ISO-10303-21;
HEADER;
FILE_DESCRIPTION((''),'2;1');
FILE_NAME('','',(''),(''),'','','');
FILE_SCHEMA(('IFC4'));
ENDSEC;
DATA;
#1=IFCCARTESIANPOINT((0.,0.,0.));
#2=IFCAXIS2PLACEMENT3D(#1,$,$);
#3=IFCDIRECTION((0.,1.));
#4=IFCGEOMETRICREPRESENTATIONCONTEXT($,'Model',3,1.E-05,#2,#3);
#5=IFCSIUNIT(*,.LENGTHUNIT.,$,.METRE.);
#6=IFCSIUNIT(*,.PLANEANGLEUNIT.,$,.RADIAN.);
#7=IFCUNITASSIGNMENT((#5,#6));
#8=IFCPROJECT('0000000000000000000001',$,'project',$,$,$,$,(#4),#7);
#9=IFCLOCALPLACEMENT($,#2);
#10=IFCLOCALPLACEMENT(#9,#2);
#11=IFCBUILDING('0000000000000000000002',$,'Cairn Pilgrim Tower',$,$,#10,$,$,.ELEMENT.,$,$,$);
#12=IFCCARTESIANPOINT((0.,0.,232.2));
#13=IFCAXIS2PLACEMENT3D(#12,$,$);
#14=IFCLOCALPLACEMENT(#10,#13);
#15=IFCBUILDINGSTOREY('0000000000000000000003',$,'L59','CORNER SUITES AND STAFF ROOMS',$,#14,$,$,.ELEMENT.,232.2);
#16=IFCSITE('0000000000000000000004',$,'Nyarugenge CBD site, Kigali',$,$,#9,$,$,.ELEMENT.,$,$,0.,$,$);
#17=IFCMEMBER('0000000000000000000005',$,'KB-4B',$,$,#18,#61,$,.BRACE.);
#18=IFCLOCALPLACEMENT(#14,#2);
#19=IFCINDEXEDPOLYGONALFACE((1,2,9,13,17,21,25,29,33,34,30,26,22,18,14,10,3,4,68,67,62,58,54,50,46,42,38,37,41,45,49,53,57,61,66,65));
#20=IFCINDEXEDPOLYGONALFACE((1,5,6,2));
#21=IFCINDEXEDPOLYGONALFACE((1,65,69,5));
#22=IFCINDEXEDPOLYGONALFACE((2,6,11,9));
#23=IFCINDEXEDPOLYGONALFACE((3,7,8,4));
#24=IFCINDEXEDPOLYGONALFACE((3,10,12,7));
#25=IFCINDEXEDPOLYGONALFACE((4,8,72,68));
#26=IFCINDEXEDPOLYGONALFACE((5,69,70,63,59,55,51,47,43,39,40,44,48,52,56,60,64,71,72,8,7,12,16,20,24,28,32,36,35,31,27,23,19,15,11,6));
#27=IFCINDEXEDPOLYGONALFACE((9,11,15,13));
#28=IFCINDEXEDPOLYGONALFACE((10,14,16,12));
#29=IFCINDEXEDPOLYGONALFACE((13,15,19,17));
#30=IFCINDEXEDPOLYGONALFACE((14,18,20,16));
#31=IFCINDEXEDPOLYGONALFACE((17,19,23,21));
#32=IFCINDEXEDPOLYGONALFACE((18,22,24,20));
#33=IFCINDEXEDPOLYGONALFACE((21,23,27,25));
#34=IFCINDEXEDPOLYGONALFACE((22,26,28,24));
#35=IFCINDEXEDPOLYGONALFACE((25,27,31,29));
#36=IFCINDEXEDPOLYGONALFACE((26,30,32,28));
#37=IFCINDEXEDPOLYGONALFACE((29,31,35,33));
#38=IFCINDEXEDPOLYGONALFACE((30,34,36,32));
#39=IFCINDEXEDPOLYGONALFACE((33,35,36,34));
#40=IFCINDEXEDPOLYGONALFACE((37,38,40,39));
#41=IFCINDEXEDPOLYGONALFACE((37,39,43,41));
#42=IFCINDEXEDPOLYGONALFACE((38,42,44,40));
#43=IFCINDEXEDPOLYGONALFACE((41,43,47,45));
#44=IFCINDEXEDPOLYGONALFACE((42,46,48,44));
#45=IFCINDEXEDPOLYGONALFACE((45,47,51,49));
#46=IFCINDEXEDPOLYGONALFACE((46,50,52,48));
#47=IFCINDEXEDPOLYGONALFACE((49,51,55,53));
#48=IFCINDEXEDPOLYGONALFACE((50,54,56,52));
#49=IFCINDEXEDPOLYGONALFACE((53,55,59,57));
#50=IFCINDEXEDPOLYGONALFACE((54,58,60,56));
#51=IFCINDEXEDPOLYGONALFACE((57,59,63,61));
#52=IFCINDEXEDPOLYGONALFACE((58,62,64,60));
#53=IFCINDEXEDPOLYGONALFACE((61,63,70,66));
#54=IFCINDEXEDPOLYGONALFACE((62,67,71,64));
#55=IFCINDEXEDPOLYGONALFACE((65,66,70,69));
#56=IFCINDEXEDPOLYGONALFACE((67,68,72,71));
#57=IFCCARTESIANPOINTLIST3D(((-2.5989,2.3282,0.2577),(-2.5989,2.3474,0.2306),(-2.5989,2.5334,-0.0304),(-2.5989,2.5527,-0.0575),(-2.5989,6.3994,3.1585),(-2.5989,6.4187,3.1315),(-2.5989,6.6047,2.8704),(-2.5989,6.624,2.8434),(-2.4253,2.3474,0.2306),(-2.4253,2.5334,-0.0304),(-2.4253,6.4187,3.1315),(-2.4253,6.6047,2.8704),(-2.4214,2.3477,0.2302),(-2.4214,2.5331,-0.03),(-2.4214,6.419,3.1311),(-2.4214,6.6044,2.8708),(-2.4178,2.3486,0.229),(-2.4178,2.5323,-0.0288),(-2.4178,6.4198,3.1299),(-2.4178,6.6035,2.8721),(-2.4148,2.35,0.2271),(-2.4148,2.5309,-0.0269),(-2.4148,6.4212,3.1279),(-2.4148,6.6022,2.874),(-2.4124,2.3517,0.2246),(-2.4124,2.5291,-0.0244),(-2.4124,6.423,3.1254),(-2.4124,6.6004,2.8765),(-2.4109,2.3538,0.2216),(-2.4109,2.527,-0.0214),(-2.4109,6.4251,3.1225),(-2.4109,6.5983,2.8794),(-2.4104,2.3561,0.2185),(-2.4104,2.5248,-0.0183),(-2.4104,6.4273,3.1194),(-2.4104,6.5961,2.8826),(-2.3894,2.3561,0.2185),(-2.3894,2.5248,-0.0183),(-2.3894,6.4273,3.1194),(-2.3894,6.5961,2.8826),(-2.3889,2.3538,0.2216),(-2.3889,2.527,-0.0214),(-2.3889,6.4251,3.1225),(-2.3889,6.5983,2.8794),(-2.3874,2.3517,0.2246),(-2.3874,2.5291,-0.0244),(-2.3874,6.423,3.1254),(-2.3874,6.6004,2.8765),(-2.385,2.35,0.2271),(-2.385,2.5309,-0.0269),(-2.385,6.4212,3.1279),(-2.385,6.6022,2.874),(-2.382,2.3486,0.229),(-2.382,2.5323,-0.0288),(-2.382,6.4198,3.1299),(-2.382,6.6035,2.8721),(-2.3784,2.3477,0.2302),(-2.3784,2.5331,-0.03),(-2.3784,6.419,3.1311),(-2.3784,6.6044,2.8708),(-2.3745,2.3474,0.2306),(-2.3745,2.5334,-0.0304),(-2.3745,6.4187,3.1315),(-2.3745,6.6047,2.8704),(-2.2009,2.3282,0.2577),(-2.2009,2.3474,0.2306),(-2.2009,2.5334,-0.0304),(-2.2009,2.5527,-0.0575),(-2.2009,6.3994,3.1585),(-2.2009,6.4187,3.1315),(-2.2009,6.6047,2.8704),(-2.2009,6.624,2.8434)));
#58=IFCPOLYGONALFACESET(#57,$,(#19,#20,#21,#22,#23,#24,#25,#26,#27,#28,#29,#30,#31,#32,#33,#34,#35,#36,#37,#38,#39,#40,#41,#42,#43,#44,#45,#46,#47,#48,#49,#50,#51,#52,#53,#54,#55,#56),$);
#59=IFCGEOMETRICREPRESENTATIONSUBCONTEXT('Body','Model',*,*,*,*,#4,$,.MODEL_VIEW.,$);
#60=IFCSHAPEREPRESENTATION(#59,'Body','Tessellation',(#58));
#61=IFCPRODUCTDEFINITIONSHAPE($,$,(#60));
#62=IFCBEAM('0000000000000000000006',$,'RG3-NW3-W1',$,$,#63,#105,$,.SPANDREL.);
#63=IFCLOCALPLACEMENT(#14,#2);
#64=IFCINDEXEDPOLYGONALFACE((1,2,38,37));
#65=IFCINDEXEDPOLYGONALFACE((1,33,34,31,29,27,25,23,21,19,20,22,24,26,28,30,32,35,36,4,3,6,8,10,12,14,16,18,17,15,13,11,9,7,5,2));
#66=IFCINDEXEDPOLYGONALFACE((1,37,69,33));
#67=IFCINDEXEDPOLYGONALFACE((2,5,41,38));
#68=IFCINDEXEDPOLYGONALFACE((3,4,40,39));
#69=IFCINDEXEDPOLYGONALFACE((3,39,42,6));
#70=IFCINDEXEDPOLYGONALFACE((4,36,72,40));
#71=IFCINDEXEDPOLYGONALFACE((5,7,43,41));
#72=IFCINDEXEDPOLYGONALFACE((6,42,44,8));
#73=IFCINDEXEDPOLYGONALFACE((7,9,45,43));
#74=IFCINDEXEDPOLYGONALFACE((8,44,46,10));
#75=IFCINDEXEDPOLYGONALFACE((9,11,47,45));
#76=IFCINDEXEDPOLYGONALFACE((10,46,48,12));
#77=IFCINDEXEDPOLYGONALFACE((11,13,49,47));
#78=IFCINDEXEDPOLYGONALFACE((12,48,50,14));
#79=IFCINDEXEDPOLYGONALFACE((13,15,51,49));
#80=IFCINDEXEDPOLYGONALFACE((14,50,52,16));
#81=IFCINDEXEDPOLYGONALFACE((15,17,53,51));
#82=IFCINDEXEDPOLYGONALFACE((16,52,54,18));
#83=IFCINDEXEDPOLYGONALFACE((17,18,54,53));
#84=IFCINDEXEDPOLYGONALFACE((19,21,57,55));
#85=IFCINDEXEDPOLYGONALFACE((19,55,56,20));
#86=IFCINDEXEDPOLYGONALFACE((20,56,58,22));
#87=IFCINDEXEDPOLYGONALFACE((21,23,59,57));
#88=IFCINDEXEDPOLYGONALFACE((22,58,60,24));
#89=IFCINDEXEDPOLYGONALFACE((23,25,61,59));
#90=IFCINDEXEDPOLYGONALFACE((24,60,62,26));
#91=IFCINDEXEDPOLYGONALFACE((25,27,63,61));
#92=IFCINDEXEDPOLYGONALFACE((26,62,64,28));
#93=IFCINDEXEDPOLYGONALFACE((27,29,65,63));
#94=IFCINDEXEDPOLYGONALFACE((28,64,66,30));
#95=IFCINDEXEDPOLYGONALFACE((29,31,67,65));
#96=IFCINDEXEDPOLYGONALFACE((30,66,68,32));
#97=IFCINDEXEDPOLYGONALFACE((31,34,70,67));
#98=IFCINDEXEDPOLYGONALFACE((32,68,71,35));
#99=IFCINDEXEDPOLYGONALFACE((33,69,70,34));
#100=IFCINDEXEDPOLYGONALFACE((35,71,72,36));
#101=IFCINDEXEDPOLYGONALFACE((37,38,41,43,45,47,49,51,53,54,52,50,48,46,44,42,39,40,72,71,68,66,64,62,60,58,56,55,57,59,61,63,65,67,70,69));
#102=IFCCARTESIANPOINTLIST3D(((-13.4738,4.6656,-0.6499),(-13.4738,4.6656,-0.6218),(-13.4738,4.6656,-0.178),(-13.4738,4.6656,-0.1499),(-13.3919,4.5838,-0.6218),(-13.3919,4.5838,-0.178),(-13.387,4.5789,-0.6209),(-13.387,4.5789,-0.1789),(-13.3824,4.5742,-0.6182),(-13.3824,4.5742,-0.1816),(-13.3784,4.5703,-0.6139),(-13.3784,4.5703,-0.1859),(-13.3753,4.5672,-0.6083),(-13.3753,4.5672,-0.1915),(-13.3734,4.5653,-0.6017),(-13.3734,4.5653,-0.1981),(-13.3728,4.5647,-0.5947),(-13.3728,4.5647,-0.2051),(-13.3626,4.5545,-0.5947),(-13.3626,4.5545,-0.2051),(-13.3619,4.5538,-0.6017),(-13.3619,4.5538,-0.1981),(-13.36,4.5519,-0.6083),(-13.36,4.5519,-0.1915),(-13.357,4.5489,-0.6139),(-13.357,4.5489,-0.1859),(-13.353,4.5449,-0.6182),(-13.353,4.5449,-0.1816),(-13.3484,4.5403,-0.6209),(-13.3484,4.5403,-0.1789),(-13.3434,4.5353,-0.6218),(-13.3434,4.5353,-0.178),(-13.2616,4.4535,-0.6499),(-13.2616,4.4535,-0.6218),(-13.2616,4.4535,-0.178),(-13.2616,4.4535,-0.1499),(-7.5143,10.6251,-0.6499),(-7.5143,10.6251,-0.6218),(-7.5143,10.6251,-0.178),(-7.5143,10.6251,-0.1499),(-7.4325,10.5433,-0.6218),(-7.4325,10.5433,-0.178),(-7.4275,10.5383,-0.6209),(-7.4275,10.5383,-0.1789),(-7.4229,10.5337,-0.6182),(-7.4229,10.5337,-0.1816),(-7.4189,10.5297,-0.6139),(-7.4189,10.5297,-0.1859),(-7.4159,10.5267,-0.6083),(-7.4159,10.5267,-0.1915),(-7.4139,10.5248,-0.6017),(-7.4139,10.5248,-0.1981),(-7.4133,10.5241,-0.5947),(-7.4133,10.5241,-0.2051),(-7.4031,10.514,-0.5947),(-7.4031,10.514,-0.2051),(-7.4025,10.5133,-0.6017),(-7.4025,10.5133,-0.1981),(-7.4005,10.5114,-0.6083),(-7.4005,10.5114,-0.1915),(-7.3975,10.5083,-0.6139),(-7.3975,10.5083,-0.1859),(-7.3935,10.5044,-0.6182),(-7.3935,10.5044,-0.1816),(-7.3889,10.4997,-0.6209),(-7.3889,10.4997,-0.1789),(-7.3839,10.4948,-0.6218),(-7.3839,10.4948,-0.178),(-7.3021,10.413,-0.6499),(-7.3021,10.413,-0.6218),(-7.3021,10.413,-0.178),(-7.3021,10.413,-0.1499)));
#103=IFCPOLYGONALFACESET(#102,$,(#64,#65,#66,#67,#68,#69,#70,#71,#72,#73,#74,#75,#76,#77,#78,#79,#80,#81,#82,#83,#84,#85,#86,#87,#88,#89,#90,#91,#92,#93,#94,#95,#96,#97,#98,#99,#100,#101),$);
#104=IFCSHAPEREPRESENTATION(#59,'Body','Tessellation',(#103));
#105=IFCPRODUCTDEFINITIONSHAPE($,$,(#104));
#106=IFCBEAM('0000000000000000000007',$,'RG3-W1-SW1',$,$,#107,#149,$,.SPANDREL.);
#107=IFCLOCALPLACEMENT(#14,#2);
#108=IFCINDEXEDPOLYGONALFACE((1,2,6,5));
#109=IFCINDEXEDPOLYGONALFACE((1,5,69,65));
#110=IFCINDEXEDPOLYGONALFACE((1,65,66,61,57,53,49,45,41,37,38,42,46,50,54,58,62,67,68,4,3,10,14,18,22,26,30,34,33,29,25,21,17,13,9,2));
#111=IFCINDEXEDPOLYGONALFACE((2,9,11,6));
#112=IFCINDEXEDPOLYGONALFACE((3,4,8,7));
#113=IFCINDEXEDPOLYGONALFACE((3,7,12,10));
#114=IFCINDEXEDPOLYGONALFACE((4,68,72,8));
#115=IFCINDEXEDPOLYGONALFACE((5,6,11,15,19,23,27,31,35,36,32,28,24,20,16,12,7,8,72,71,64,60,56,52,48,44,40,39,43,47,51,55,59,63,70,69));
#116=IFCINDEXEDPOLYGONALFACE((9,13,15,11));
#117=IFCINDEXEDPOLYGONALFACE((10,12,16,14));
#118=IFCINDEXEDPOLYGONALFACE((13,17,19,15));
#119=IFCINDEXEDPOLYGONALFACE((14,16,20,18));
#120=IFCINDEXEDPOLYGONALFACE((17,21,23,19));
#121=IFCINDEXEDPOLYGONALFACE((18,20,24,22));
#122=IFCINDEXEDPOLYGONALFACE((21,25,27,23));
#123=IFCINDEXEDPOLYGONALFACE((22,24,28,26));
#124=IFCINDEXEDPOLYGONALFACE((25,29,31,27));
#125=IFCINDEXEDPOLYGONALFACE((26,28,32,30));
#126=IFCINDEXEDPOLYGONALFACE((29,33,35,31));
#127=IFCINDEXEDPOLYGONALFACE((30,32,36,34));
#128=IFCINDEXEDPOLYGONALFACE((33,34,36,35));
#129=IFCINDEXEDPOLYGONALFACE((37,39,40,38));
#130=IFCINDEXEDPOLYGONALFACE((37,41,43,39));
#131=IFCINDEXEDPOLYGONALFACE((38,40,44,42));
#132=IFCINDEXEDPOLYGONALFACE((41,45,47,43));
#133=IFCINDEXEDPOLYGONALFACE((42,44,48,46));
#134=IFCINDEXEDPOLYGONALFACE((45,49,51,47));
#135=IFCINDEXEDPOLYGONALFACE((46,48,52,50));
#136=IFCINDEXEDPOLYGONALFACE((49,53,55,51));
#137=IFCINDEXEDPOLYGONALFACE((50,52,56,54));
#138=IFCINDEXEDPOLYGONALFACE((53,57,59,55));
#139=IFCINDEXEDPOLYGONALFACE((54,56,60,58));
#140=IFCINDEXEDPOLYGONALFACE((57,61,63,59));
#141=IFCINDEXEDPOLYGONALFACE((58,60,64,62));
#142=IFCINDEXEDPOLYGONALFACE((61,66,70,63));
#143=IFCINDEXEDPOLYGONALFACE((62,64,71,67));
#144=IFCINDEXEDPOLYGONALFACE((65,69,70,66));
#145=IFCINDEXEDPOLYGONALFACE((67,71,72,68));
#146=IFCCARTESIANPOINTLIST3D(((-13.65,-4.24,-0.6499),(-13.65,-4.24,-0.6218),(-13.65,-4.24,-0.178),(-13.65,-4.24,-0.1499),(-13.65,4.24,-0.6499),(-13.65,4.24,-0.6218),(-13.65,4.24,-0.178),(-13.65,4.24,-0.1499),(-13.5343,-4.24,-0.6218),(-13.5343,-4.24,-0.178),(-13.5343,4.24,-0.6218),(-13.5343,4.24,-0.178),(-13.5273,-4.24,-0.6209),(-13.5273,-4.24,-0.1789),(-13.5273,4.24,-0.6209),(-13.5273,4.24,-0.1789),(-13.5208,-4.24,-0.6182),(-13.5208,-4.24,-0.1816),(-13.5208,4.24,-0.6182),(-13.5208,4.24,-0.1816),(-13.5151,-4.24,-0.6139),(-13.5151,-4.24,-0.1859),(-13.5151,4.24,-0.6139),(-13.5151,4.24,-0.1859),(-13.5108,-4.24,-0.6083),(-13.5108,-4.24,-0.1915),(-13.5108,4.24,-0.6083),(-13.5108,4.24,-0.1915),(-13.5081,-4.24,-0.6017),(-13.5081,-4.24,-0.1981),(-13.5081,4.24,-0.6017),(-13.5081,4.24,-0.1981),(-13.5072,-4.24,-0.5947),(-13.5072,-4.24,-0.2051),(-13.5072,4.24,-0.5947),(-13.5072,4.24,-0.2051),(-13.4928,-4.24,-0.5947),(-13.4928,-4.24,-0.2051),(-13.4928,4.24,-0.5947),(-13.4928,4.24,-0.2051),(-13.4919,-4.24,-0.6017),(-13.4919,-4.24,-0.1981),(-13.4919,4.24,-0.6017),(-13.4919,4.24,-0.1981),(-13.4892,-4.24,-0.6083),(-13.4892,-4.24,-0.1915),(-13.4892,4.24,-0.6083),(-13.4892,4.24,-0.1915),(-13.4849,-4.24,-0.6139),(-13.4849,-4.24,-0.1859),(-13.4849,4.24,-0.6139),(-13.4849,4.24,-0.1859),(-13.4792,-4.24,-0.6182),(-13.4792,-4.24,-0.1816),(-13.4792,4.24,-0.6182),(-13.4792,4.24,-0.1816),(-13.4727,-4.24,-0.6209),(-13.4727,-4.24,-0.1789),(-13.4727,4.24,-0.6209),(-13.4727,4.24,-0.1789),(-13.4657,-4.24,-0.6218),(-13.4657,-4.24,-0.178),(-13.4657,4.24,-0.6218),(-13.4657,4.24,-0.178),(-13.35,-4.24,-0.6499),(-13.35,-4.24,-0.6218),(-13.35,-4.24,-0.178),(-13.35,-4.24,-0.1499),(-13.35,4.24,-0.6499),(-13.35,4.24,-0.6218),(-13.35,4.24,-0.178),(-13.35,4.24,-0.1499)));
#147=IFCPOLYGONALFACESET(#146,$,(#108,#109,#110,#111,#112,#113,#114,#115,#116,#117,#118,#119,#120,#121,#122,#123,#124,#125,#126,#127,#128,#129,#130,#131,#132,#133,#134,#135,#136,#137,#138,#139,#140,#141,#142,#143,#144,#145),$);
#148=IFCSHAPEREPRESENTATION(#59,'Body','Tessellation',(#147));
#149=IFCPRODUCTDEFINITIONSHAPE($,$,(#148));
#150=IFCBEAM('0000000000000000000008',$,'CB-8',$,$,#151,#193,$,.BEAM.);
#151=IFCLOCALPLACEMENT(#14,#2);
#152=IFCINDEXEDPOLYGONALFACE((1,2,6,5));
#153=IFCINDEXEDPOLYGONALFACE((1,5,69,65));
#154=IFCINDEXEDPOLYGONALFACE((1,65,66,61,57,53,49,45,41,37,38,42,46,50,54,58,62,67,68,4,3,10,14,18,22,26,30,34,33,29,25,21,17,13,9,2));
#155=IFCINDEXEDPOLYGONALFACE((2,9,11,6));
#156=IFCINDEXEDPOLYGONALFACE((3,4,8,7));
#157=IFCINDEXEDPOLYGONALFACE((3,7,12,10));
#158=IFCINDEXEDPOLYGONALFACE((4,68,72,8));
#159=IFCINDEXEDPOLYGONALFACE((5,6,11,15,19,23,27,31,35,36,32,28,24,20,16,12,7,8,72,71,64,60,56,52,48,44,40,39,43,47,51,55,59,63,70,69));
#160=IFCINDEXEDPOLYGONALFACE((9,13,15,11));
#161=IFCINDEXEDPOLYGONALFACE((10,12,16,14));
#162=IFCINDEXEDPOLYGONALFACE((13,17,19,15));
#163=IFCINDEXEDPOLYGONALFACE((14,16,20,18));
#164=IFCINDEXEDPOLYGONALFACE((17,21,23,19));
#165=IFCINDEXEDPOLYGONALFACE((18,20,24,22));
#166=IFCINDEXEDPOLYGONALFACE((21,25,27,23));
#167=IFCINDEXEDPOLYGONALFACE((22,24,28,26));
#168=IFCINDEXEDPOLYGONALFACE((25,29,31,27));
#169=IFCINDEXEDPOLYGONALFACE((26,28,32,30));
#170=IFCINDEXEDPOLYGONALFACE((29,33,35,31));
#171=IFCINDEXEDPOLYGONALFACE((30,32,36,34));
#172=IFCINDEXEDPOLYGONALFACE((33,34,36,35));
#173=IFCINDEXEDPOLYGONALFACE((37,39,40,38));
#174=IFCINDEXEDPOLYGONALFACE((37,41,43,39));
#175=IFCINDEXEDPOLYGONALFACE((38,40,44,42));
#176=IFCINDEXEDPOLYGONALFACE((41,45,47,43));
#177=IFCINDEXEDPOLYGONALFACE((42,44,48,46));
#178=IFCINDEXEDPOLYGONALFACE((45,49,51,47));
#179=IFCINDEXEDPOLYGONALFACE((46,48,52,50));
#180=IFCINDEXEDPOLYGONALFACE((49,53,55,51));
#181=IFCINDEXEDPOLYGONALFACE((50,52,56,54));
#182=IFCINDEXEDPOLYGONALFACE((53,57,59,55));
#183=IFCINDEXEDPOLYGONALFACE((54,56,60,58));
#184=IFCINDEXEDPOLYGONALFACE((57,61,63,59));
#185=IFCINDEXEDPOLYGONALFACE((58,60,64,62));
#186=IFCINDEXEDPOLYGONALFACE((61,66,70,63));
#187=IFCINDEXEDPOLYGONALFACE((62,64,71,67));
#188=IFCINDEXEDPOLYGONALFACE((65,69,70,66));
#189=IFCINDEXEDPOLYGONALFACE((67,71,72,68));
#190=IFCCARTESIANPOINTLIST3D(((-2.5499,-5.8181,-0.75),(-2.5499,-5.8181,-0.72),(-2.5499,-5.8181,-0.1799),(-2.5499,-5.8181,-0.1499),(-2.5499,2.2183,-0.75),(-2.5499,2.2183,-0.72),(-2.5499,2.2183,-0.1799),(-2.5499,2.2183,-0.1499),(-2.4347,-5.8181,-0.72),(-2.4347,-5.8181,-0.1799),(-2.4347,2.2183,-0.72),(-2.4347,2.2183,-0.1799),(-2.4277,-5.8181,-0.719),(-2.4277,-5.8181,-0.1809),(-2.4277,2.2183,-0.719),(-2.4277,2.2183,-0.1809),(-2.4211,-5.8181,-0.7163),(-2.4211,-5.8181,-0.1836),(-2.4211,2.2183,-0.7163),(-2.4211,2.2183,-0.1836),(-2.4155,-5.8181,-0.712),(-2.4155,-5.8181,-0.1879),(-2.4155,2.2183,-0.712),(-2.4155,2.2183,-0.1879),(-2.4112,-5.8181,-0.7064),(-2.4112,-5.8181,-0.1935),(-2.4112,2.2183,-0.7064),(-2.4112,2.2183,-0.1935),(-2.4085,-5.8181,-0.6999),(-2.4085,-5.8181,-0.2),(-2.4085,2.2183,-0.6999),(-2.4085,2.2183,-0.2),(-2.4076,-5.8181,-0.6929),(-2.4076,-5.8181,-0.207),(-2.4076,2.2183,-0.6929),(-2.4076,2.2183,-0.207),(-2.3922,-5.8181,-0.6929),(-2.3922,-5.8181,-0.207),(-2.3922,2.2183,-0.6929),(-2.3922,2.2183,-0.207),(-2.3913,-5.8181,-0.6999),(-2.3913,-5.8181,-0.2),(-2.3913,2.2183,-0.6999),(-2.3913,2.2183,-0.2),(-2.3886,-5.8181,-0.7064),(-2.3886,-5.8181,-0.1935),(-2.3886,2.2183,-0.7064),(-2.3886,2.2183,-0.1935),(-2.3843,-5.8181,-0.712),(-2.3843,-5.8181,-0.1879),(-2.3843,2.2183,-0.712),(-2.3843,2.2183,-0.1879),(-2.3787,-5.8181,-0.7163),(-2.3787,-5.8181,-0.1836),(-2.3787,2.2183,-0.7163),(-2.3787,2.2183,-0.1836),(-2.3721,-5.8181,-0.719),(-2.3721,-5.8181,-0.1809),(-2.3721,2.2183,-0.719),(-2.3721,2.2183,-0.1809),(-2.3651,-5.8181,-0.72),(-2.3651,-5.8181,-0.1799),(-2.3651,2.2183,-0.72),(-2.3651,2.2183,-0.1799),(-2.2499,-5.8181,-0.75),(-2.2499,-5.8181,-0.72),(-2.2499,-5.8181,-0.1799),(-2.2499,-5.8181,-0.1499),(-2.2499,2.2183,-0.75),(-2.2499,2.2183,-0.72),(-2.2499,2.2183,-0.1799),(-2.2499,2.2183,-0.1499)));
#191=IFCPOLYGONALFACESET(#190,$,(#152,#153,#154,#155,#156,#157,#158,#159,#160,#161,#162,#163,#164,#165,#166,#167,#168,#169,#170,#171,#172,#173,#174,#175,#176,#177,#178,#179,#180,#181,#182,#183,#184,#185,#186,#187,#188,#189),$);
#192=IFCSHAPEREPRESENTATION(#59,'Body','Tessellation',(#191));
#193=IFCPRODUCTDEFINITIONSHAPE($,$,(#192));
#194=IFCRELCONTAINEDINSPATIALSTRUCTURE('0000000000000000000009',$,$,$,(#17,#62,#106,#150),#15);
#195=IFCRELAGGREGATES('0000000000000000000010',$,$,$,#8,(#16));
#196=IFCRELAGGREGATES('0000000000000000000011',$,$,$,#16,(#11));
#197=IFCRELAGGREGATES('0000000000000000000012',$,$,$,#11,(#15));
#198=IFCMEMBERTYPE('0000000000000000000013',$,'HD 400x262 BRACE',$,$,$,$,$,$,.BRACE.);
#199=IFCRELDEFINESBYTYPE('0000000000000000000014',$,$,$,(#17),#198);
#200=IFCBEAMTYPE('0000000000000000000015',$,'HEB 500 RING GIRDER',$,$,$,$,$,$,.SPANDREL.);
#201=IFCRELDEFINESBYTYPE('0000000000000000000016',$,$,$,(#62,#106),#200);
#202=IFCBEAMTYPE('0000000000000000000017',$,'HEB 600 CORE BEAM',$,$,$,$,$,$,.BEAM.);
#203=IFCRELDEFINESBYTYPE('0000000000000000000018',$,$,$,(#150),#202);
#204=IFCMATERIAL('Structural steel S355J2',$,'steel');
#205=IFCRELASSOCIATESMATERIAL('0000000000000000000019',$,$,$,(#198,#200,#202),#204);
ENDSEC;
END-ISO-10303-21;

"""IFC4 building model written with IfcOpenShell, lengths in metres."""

from ifc_helpers import new_model, si_unit, direction, frame, origin, origin_2d, place, context, subcontext, project, spatial, i_section, extrude, material, material_profile, profile_set, type_object, element, save


model = new_model("IFC4")

# Units and contexts
model_context = context("Model", 3, precision=1e-05, world=origin(), true_north=direction((0.0, 1.0)))
body_context = subcontext(model_context, "Body", "Model", "MODEL_VIEW")
ifc_project = project(units=[si_unit("LENGTHUNIT", "METRE"), si_unit("PLANEANGLEUNIT", "RADIAN")], contexts=[model_context])

# Site, building, storey
site_placement = place(None, origin())
site = spatial("IfcSite", under=ifc_project, at=site_placement, Name="Nyarugenge CBD site, Kigali", CompositionType="ELEMENT", RefElevation=0.0)
building_placement = place(site_placement, origin())
building = spatial("IfcBuilding", under=site, at=building_placement, Name="Cairn Pilgrim Tower", CompositionType="ELEMENT")
storey_placement = place(building_placement, frame((0.0, 0.0, 232.2)))
storey = spatial("IfcBuildingStorey", under=building, at=storey_placement, Name="L59", Description="CORNER SUITES AND STAFF ROOMS", CompositionType="ELEMENT", Elevation=232.2)

# Shared definitions
ifc_material_1 = material(Name="Structural steel S355J2", Category="steel")

# Member
ifc_material_profile_1 = material_profile(ifc_material_1, i_section(OverallWidth=0.3979, OverallDepth=0.387, WebThickness=0.021, FlangeThickness=0.0332, FilletRadius=0.0149, at=origin_2d()), Name="HD 400x262")
ifc_profile_set_1 = profile_set([ifc_material_profile_1], Name="Structural steel S355J2")
member_type_1 = type_object("IfcMemberType", Name="HD 400x262 BRACE", PredefinedType="BRACE", material=ifc_profile_set_1)
member_1_placement = place(storey_placement, frame((-2.3999, 2.4404, 0.1001), z_axis=(0.0, 0.814413, 0.580286), x_axis=(-1.0, 0.0, 0.0)))
element("IfcMember", 1, at=member_1_placement, inside=storey, type_object=member_type_1, Name="KB-4B", PredefinedType="BRACE", context=body_context, shape_type="SweptSolid", body=[
    extrude(i_section(OverallWidth=0.3979, OverallDepth=0.387, WebThickness=0.021, FlangeThickness=0.0332, FilletRadius=0.0149, at=origin_2d()), origin(), (0.0, 0.0, 1.0), 4.999),
])

# Beams
ifc_material_profile_2 = material_profile(ifc_material_1, i_section(OverallWidth=0.3, OverallDepth=0.5, WebThickness=0.0144, FlangeThickness=0.0281, FilletRadius=0.0271, at=origin_2d()), Name="HEB 500")
ifc_profile_set_2 = profile_set([ifc_material_profile_2], Name="Structural steel S355J2")
beam_type_1 = type_object("IfcBeamType", Name="HEB 500 RING GIRDER", PredefinedType="SPANDREL", material=ifc_profile_set_2)
beam_1_placement = place(storey_placement, frame((-7.4082, 10.519, -0.3999), z_axis=(-0.707107, -0.707107, 0.0), x_axis=(0.707107, -0.707107, 0.0)))
element("IfcBeam", 2, at=beam_1_placement, inside=storey, type_object=beam_type_1, Name="RG3-NW3-W1", PredefinedType="SPANDREL", context=body_context, shape_type="SweptSolid", body=[
    extrude(i_section(OverallWidth=0.3, OverallDepth=0.5, WebThickness=0.0144, FlangeThickness=0.0281, FilletRadius=0.0271, at=origin_2d()), origin(), (0.0, 0.0, 1.0), 8.428),
])
beam_2_placement = place(storey_placement, frame((-13.5, 4.24, -0.3999), z_axis=(0.0, -1.0, 0.0), x_axis=(1.0, 0.0, 0.0)))
element("IfcBeam", 3, at=beam_2_placement, inside=storey, type_object=beam_type_1, Name="RG3-W1-SW1", PredefinedType="SPANDREL", context=body_context, shape_type="SweptSolid", body=[
    extrude(i_section(OverallWidth=0.3, OverallDepth=0.5, WebThickness=0.0144, FlangeThickness=0.0281, FilletRadius=0.0271, at=origin_2d()), origin(), (0.0, 0.0, 1.0), 8.48),
])
ifc_material_profile_3 = material_profile(ifc_material_1, i_section(OverallWidth=0.3, OverallDepth=0.6001, WebThickness=0.0154, FlangeThickness=0.03, FilletRadius=0.0271, at=origin_2d()), Name="HEB 600")
ifc_profile_set_3 = profile_set([ifc_material_profile_3], Name="Structural steel S355J2")
beam_type_2 = type_object("IfcBeamType", Name="HEB 600 CORE BEAM", PredefinedType="BEAM", material=ifc_profile_set_3)
beam_3_placement = place(storey_placement, frame((-2.3999, 2.2183, -0.45), z_axis=(0.0, -1.0, 0.0), x_axis=(1.0, 0.0, 0.0)))
element("IfcBeam", 4, at=beam_3_placement, inside=storey, type_object=beam_type_2, Name="CB-8", PredefinedType="BEAM", context=body_context, shape_type="SweptSolid", body=[
    extrude(i_section(OverallWidth=0.3, OverallDepth=0.6001, WebThickness=0.0154, FlangeThickness=0.03, FilletRadius=0.0271, at=origin_2d()), origin(), (0.0, 0.0, 1.0), 8.0364),
])

save(model, "model.ifc")
